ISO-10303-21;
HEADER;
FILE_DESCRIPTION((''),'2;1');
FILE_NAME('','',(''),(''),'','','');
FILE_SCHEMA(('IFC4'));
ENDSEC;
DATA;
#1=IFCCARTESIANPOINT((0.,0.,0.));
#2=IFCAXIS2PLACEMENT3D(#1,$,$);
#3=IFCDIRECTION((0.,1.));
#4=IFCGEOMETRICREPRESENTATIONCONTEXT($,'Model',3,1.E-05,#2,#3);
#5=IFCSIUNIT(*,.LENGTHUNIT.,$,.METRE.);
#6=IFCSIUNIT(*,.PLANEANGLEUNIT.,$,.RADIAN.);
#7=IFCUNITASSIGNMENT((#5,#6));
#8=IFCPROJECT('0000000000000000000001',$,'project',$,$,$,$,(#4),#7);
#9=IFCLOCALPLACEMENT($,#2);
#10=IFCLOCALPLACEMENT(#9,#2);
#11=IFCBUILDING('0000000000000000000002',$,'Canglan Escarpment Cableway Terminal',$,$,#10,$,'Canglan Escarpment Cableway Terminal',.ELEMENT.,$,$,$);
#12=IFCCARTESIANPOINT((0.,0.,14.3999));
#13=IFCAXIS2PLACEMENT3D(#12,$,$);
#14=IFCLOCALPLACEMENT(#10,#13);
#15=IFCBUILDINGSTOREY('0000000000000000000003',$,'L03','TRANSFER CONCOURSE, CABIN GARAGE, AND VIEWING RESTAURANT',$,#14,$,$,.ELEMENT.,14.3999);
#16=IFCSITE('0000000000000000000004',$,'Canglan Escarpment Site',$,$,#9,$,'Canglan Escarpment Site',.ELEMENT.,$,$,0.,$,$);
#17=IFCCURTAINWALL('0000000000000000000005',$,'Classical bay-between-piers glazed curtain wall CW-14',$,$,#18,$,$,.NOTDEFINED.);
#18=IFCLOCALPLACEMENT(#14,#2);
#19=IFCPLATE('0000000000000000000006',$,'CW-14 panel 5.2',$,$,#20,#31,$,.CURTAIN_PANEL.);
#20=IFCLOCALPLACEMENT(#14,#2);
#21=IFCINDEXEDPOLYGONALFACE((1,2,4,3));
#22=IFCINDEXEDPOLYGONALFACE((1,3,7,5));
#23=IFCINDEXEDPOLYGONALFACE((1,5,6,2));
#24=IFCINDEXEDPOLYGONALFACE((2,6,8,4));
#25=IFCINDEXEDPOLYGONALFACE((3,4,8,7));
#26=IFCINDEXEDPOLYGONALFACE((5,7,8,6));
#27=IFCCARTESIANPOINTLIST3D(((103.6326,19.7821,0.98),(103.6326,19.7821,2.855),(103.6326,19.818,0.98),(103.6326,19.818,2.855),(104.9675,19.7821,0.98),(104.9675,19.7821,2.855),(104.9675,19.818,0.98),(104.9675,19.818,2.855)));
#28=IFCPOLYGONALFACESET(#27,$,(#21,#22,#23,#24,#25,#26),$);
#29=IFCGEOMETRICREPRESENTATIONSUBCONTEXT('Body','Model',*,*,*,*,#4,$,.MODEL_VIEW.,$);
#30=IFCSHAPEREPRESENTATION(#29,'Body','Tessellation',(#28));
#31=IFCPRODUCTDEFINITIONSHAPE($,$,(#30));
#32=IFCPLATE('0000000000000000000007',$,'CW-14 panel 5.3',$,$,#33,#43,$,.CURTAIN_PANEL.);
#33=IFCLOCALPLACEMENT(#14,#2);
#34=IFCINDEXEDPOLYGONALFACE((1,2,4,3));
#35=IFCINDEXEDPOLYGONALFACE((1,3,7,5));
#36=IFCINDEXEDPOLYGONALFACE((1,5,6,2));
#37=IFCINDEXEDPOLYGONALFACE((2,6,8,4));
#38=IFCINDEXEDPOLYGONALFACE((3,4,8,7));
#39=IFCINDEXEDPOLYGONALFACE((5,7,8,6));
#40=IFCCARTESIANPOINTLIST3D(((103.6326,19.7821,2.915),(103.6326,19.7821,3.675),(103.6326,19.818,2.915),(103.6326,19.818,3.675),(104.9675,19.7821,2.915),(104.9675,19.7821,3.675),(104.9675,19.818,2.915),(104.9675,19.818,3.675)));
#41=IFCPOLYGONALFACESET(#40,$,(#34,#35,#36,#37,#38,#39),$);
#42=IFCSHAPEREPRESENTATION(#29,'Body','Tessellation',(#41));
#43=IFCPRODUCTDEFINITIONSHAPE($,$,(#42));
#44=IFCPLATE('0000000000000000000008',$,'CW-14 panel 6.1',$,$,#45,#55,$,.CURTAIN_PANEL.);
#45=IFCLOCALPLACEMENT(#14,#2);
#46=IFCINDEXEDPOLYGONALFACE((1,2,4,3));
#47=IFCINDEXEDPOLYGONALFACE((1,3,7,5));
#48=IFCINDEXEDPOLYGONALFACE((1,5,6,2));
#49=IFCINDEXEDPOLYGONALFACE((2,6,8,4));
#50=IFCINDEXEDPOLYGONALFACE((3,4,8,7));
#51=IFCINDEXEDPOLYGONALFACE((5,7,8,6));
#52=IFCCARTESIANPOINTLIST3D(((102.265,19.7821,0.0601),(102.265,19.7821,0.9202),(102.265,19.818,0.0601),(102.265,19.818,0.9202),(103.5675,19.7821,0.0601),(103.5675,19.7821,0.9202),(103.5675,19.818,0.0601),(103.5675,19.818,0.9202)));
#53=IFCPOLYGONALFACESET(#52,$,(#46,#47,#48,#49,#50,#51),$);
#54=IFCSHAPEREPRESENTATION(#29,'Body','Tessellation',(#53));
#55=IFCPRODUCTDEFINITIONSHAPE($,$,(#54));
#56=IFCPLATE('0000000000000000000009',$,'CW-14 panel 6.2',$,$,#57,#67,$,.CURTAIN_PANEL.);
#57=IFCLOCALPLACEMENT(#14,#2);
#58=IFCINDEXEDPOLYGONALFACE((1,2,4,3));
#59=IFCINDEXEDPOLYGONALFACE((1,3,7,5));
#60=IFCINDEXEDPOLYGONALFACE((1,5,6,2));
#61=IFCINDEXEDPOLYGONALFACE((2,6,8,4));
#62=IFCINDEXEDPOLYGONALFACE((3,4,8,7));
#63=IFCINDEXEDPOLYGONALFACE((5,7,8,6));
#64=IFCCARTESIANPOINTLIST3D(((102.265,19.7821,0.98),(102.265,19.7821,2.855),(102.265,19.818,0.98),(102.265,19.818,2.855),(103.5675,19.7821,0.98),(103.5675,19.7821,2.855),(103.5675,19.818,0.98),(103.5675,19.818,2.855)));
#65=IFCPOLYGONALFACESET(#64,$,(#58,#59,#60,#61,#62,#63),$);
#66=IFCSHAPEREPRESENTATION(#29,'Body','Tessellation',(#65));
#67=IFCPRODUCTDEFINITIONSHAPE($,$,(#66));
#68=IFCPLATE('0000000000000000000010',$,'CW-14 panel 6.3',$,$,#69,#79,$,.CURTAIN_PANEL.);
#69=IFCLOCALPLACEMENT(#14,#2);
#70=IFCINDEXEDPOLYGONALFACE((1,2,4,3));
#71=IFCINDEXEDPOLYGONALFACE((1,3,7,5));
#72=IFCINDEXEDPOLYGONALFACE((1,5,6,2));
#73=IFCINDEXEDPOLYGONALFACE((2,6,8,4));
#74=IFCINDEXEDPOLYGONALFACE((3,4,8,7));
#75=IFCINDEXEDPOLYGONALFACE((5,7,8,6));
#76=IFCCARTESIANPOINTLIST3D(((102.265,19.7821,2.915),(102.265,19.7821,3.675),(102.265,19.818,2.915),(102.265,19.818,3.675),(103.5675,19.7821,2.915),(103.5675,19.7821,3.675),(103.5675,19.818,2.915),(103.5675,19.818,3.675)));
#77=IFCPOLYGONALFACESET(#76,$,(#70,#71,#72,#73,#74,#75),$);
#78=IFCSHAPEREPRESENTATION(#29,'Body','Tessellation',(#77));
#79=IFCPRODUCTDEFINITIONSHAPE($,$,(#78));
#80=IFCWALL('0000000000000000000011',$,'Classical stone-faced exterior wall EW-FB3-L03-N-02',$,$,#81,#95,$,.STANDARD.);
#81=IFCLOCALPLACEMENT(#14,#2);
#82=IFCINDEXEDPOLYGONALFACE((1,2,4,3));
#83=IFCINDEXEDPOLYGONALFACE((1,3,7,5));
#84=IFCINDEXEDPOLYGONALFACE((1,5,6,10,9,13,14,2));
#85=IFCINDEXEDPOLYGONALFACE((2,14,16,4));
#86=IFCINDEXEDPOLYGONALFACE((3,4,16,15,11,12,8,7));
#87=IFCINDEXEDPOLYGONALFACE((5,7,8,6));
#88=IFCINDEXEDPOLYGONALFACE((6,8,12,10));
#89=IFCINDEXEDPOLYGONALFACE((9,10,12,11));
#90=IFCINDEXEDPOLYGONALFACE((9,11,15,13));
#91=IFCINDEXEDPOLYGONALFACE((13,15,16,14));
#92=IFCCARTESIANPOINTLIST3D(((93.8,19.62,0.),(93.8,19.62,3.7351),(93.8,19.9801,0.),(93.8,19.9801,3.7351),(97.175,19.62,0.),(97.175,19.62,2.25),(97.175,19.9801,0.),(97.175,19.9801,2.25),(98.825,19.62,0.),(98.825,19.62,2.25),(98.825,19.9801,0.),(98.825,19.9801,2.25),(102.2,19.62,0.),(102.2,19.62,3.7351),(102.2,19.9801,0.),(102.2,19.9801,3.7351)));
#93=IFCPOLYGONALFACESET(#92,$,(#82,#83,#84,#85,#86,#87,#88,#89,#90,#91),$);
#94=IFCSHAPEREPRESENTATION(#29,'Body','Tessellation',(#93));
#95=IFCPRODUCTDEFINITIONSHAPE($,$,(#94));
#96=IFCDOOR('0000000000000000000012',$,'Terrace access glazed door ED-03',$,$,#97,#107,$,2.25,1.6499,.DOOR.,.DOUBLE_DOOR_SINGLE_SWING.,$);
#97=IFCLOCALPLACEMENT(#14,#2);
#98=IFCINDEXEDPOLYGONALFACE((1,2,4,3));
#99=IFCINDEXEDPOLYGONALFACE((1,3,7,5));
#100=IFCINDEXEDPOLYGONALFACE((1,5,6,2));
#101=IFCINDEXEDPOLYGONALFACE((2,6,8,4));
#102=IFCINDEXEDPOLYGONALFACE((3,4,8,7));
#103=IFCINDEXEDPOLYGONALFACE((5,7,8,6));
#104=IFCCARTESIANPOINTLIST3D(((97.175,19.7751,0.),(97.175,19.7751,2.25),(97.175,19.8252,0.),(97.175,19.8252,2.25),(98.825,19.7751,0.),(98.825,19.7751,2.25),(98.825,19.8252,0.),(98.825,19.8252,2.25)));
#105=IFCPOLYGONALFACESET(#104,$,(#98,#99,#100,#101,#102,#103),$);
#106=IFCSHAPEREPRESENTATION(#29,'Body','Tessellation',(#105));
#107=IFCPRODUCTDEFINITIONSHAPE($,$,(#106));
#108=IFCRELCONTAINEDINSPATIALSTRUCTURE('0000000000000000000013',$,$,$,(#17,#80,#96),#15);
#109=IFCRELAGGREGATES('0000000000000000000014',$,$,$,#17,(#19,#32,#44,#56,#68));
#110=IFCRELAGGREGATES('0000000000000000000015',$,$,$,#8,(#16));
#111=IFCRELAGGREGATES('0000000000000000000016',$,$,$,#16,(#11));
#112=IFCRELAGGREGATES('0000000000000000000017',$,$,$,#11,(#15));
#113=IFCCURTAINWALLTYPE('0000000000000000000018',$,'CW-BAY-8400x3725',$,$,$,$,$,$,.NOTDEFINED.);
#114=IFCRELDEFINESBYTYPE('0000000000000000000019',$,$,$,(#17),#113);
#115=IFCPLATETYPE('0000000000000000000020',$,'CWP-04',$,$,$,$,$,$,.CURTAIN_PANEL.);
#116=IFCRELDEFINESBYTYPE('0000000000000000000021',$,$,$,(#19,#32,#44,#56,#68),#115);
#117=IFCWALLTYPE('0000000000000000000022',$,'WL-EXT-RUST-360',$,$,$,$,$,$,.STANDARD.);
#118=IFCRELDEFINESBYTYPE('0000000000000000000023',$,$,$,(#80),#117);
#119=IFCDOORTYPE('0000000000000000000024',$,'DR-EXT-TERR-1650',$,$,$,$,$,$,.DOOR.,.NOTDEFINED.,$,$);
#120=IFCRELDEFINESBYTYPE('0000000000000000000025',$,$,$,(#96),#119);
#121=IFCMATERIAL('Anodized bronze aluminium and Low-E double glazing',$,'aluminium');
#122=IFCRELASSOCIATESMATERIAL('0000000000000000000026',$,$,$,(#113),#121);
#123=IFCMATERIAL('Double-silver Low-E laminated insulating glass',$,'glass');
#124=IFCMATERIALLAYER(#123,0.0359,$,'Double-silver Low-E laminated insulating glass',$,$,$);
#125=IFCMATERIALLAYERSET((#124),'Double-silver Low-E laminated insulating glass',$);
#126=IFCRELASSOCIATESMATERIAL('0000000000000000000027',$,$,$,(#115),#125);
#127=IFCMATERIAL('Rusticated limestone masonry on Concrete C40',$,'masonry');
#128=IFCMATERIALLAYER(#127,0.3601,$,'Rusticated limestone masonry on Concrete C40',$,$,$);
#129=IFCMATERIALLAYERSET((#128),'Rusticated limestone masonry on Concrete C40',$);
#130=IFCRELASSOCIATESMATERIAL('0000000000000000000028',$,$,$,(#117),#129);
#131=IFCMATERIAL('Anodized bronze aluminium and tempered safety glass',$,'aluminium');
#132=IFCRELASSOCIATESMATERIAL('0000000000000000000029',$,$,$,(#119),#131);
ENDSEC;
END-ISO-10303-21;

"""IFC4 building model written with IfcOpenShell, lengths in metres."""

from ifc_helpers import new_model, si_unit, direction, frame, frame_2d, origin, origin_2d, place, context, subcontext, project, spatial, rectangle, extrude, material, layer, layer_set, type_object, element, fill, aggregate, save


model = new_model("IFC4")

# Units and contexts
model_context = context("Model", 3, precision=1e-05, world=origin(), true_north=direction((0.0, 1.0)))
body_context = subcontext(model_context, "Body", "Model", "MODEL_VIEW")
ifc_project = project(units=[si_unit("LENGTHUNIT", "METRE"), si_unit("PLANEANGLEUNIT", "RADIAN")], contexts=[model_context])

# Site, building, storey
site_placement = place(None, origin())
site = spatial("IfcSite", under=ifc_project, at=site_placement, Name="Canglan Escarpment Site", LongName="Canglan Escarpment Site", CompositionType="ELEMENT", RefElevation=0.0)
building_placement = place(site_placement, origin())
building = spatial("IfcBuilding", under=site, at=building_placement, Name="Canglan Escarpment Cableway Terminal", LongName="Canglan Escarpment Cableway Terminal", CompositionType="ELEMENT")
storey_placement = place(building_placement, frame((0.0, 0.0, 14.3999)))
storey = spatial("IfcBuildingStorey", under=building, at=storey_placement, Name="L03", Description="TRANSFER CONCOURSE, CABIN GARAGE, AND VIEWING RESTAURANT", CompositionType="ELEMENT", Elevation=14.3999)

# Curtain wall
ifc_material_1 = material(Name="Anodized bronze aluminium and Low-E double glazing", Category="aluminium")
curtain_wall_type = type_object("IfcCurtainWallType", Name="CW-BAY-8400x3725", PredefinedType="NOTDEFINED", material=ifc_material_1)
curtain_wall_1_placement = place(storey_placement, origin())
curtain_wall_1 = element("IfcCurtainWall", 1, at=curtain_wall_1_placement, inside=storey, type_object=curtain_wall_type, Name="Classical bay-between-piers glazed curtain wall CW-14", PredefinedType="NOTDEFINED")

# Plates
ifc_material_2 = material(Name="Double-silver Low-E laminated insulating glass", Category="glass")
ifc_layer_1 = layer(ifc_material_2, 0.0359, Name="Double-silver Low-E laminated insulating glass")
ifc_layer_set_1 = layer_set([ifc_layer_1], Name="Double-silver Low-E laminated insulating glass")
plate_type_1 = type_object("IfcPlateType", Name="CWP-04", PredefinedType="CURTAIN_PANEL", material=ifc_layer_set_1)
plate_1_placement = place(storey_placement, frame((104.3, 19.8, 0.98), z_axis=(0.0, 0.0, 1.0), x_axis=(-1.0, 0.0, 0.0)))
plate_1 = element("IfcPlate", 2, at=plate_1_placement, type_object=plate_type_1, Name="CW-14 panel 5.2", PredefinedType="CURTAIN_PANEL", context=body_context, shape_type="SweptSolid", body=[
    extrude(rectangle(XDim=1.335, YDim=0.0359, at=origin_2d()), origin(), (0.0, 0.0, 1.0), 1.875),
])
plate_2_placement = place(storey_placement, frame((104.3, 19.8, 2.915), z_axis=(0.0, 0.0, 1.0), x_axis=(-1.0, 0.0, 0.0)))
plate_2 = element("IfcPlate", 3, at=plate_2_placement, type_object=plate_type_1, Name="CW-14 panel 5.3", PredefinedType="CURTAIN_PANEL", context=body_context, shape_type="SweptSolid", body=[
    extrude(rectangle(XDim=1.335, YDim=0.0359, at=origin_2d()), origin(), (0.0, 0.0, 1.0), 0.76),
])
plate_3_placement = place(storey_placement, frame((102.9163, 19.8, 0.0601), z_axis=(0.0, 0.0, 1.0), x_axis=(-1.0, 0.0, 0.0)))
plate_3 = element("IfcPlate", 4, at=plate_3_placement, type_object=plate_type_1, Name="CW-14 panel 6.1", PredefinedType="CURTAIN_PANEL", context=body_context, shape_type="SweptSolid", body=[
    extrude(rectangle(XDim=1.3025, YDim=0.0359, at=origin_2d()), origin(), (0.0, 0.0, 1.0), 0.8601),
])
plate_4_placement = place(storey_placement, frame((102.9163, 19.8, 0.98), z_axis=(0.0, 0.0, 1.0), x_axis=(-1.0, 0.0, 0.0)))
plate_4 = element("IfcPlate", 5, at=plate_4_placement, type_object=plate_type_1, Name="CW-14 panel 6.2", PredefinedType="CURTAIN_PANEL", context=body_context, shape_type="SweptSolid", body=[
    extrude(rectangle(XDim=1.3025, YDim=0.0359, at=origin_2d()), origin(), (0.0, 0.0, 1.0), 1.875),
])
plate_5_placement = place(storey_placement, frame((102.9163, 19.8, 2.915), z_axis=(0.0, 0.0, 1.0), x_axis=(-1.0, 0.0, 0.0)))
plate_5 = element("IfcPlate", 6, at=plate_5_placement, type_object=plate_type_1, Name="CW-14 panel 6.3", PredefinedType="CURTAIN_PANEL", context=body_context, shape_type="SweptSolid", body=[
    extrude(rectangle(XDim=1.3025, YDim=0.0359, at=origin_2d()), origin(), (0.0, 0.0, 1.0), 0.76),
])
aggregate(curtain_wall_1, [plate_1, plate_2, plate_3, plate_4, plate_5])

# Wall, opening, door
ifc_material_3 = material(Name="Rusticated limestone masonry on Concrete C40", Category="masonry")
ifc_layer_2 = layer(ifc_material_3, 0.3601, Name="Rusticated limestone masonry on Concrete C40")
ifc_layer_set_2 = layer_set([ifc_layer_2], Name="Rusticated limestone masonry on Concrete C40")
wall_type = type_object("IfcWallType", Name="WL-EXT-RUST-360", PredefinedType="STANDARD", material=ifc_layer_set_2)
wall_placement = place(storey_placement, frame((102.2, 19.8, 0.0), z_axis=(0.0, 0.0, 1.0), x_axis=(-1.0, 0.0, 0.0)))
wall = element("IfcWall", 7, at=wall_placement, inside=storey, type_object=wall_type, Name="Classical stone-faced exterior wall EW-FB3-L03-N-02", PredefinedType="STANDARD", context=body_context, shape_type="SweptSolid", body=[
    extrude(rectangle(XDim=8.3999, YDim=0.3601, at=frame_2d((4.2, 0.0))), origin(), (0.0, 0.0, 1.0), 3.7351),
])
opening_placement = place(wall_placement, frame((3.375, 0.0, 0.0)))
opening = element("IfcOpeningElement", 8, at=opening_placement, cuts=wall, PredefinedType="OPENING", context=body_context, shape_type="SweptSolid", body=[
    extrude(rectangle(XDim=1.6499, YDim=2.25, at=frame_2d((0.825, 1.125))), frame((0.0, 0.1899, 0.0), z_axis=(0.0, -1.0, 0.0), x_axis=(1.0, 0.0, 0.0)), (0.0, 0.0, 1.0), 0.3801),
])
ifc_material_4 = material(Name="Anodized bronze aluminium and tempered safety glass", Category="aluminium")
door_type = type_object("IfcDoorType", Name="DR-EXT-TERR-1650", OperationType="NOTDEFINED", PredefinedType="DOOR", material=ifc_material_4)
door_placement = place(opening_placement, origin())
door = element("IfcDoor", 9, at=door_placement, inside=storey, type_object=door_type, Name="Terrace access glazed door ED-03", OperationType="DOUBLE_DOOR_SINGLE_SWING", OverallHeight=2.25, OverallWidth=1.6499, PredefinedType="DOOR", context=body_context, shape_type="SweptSolid", body=[
    extrude(rectangle(XDim=1.6499, YDim=2.25, at=frame_2d((0.825, 1.125))), frame((0.0, 0.0249, 0.0), z_axis=(0.0, -1.0, 0.0), x_axis=(1.0, 0.0, 0.0)), (0.0, 0.0, 1.0), 0.05),
])
fill(opening, door)

save(model, "model.ifc")
